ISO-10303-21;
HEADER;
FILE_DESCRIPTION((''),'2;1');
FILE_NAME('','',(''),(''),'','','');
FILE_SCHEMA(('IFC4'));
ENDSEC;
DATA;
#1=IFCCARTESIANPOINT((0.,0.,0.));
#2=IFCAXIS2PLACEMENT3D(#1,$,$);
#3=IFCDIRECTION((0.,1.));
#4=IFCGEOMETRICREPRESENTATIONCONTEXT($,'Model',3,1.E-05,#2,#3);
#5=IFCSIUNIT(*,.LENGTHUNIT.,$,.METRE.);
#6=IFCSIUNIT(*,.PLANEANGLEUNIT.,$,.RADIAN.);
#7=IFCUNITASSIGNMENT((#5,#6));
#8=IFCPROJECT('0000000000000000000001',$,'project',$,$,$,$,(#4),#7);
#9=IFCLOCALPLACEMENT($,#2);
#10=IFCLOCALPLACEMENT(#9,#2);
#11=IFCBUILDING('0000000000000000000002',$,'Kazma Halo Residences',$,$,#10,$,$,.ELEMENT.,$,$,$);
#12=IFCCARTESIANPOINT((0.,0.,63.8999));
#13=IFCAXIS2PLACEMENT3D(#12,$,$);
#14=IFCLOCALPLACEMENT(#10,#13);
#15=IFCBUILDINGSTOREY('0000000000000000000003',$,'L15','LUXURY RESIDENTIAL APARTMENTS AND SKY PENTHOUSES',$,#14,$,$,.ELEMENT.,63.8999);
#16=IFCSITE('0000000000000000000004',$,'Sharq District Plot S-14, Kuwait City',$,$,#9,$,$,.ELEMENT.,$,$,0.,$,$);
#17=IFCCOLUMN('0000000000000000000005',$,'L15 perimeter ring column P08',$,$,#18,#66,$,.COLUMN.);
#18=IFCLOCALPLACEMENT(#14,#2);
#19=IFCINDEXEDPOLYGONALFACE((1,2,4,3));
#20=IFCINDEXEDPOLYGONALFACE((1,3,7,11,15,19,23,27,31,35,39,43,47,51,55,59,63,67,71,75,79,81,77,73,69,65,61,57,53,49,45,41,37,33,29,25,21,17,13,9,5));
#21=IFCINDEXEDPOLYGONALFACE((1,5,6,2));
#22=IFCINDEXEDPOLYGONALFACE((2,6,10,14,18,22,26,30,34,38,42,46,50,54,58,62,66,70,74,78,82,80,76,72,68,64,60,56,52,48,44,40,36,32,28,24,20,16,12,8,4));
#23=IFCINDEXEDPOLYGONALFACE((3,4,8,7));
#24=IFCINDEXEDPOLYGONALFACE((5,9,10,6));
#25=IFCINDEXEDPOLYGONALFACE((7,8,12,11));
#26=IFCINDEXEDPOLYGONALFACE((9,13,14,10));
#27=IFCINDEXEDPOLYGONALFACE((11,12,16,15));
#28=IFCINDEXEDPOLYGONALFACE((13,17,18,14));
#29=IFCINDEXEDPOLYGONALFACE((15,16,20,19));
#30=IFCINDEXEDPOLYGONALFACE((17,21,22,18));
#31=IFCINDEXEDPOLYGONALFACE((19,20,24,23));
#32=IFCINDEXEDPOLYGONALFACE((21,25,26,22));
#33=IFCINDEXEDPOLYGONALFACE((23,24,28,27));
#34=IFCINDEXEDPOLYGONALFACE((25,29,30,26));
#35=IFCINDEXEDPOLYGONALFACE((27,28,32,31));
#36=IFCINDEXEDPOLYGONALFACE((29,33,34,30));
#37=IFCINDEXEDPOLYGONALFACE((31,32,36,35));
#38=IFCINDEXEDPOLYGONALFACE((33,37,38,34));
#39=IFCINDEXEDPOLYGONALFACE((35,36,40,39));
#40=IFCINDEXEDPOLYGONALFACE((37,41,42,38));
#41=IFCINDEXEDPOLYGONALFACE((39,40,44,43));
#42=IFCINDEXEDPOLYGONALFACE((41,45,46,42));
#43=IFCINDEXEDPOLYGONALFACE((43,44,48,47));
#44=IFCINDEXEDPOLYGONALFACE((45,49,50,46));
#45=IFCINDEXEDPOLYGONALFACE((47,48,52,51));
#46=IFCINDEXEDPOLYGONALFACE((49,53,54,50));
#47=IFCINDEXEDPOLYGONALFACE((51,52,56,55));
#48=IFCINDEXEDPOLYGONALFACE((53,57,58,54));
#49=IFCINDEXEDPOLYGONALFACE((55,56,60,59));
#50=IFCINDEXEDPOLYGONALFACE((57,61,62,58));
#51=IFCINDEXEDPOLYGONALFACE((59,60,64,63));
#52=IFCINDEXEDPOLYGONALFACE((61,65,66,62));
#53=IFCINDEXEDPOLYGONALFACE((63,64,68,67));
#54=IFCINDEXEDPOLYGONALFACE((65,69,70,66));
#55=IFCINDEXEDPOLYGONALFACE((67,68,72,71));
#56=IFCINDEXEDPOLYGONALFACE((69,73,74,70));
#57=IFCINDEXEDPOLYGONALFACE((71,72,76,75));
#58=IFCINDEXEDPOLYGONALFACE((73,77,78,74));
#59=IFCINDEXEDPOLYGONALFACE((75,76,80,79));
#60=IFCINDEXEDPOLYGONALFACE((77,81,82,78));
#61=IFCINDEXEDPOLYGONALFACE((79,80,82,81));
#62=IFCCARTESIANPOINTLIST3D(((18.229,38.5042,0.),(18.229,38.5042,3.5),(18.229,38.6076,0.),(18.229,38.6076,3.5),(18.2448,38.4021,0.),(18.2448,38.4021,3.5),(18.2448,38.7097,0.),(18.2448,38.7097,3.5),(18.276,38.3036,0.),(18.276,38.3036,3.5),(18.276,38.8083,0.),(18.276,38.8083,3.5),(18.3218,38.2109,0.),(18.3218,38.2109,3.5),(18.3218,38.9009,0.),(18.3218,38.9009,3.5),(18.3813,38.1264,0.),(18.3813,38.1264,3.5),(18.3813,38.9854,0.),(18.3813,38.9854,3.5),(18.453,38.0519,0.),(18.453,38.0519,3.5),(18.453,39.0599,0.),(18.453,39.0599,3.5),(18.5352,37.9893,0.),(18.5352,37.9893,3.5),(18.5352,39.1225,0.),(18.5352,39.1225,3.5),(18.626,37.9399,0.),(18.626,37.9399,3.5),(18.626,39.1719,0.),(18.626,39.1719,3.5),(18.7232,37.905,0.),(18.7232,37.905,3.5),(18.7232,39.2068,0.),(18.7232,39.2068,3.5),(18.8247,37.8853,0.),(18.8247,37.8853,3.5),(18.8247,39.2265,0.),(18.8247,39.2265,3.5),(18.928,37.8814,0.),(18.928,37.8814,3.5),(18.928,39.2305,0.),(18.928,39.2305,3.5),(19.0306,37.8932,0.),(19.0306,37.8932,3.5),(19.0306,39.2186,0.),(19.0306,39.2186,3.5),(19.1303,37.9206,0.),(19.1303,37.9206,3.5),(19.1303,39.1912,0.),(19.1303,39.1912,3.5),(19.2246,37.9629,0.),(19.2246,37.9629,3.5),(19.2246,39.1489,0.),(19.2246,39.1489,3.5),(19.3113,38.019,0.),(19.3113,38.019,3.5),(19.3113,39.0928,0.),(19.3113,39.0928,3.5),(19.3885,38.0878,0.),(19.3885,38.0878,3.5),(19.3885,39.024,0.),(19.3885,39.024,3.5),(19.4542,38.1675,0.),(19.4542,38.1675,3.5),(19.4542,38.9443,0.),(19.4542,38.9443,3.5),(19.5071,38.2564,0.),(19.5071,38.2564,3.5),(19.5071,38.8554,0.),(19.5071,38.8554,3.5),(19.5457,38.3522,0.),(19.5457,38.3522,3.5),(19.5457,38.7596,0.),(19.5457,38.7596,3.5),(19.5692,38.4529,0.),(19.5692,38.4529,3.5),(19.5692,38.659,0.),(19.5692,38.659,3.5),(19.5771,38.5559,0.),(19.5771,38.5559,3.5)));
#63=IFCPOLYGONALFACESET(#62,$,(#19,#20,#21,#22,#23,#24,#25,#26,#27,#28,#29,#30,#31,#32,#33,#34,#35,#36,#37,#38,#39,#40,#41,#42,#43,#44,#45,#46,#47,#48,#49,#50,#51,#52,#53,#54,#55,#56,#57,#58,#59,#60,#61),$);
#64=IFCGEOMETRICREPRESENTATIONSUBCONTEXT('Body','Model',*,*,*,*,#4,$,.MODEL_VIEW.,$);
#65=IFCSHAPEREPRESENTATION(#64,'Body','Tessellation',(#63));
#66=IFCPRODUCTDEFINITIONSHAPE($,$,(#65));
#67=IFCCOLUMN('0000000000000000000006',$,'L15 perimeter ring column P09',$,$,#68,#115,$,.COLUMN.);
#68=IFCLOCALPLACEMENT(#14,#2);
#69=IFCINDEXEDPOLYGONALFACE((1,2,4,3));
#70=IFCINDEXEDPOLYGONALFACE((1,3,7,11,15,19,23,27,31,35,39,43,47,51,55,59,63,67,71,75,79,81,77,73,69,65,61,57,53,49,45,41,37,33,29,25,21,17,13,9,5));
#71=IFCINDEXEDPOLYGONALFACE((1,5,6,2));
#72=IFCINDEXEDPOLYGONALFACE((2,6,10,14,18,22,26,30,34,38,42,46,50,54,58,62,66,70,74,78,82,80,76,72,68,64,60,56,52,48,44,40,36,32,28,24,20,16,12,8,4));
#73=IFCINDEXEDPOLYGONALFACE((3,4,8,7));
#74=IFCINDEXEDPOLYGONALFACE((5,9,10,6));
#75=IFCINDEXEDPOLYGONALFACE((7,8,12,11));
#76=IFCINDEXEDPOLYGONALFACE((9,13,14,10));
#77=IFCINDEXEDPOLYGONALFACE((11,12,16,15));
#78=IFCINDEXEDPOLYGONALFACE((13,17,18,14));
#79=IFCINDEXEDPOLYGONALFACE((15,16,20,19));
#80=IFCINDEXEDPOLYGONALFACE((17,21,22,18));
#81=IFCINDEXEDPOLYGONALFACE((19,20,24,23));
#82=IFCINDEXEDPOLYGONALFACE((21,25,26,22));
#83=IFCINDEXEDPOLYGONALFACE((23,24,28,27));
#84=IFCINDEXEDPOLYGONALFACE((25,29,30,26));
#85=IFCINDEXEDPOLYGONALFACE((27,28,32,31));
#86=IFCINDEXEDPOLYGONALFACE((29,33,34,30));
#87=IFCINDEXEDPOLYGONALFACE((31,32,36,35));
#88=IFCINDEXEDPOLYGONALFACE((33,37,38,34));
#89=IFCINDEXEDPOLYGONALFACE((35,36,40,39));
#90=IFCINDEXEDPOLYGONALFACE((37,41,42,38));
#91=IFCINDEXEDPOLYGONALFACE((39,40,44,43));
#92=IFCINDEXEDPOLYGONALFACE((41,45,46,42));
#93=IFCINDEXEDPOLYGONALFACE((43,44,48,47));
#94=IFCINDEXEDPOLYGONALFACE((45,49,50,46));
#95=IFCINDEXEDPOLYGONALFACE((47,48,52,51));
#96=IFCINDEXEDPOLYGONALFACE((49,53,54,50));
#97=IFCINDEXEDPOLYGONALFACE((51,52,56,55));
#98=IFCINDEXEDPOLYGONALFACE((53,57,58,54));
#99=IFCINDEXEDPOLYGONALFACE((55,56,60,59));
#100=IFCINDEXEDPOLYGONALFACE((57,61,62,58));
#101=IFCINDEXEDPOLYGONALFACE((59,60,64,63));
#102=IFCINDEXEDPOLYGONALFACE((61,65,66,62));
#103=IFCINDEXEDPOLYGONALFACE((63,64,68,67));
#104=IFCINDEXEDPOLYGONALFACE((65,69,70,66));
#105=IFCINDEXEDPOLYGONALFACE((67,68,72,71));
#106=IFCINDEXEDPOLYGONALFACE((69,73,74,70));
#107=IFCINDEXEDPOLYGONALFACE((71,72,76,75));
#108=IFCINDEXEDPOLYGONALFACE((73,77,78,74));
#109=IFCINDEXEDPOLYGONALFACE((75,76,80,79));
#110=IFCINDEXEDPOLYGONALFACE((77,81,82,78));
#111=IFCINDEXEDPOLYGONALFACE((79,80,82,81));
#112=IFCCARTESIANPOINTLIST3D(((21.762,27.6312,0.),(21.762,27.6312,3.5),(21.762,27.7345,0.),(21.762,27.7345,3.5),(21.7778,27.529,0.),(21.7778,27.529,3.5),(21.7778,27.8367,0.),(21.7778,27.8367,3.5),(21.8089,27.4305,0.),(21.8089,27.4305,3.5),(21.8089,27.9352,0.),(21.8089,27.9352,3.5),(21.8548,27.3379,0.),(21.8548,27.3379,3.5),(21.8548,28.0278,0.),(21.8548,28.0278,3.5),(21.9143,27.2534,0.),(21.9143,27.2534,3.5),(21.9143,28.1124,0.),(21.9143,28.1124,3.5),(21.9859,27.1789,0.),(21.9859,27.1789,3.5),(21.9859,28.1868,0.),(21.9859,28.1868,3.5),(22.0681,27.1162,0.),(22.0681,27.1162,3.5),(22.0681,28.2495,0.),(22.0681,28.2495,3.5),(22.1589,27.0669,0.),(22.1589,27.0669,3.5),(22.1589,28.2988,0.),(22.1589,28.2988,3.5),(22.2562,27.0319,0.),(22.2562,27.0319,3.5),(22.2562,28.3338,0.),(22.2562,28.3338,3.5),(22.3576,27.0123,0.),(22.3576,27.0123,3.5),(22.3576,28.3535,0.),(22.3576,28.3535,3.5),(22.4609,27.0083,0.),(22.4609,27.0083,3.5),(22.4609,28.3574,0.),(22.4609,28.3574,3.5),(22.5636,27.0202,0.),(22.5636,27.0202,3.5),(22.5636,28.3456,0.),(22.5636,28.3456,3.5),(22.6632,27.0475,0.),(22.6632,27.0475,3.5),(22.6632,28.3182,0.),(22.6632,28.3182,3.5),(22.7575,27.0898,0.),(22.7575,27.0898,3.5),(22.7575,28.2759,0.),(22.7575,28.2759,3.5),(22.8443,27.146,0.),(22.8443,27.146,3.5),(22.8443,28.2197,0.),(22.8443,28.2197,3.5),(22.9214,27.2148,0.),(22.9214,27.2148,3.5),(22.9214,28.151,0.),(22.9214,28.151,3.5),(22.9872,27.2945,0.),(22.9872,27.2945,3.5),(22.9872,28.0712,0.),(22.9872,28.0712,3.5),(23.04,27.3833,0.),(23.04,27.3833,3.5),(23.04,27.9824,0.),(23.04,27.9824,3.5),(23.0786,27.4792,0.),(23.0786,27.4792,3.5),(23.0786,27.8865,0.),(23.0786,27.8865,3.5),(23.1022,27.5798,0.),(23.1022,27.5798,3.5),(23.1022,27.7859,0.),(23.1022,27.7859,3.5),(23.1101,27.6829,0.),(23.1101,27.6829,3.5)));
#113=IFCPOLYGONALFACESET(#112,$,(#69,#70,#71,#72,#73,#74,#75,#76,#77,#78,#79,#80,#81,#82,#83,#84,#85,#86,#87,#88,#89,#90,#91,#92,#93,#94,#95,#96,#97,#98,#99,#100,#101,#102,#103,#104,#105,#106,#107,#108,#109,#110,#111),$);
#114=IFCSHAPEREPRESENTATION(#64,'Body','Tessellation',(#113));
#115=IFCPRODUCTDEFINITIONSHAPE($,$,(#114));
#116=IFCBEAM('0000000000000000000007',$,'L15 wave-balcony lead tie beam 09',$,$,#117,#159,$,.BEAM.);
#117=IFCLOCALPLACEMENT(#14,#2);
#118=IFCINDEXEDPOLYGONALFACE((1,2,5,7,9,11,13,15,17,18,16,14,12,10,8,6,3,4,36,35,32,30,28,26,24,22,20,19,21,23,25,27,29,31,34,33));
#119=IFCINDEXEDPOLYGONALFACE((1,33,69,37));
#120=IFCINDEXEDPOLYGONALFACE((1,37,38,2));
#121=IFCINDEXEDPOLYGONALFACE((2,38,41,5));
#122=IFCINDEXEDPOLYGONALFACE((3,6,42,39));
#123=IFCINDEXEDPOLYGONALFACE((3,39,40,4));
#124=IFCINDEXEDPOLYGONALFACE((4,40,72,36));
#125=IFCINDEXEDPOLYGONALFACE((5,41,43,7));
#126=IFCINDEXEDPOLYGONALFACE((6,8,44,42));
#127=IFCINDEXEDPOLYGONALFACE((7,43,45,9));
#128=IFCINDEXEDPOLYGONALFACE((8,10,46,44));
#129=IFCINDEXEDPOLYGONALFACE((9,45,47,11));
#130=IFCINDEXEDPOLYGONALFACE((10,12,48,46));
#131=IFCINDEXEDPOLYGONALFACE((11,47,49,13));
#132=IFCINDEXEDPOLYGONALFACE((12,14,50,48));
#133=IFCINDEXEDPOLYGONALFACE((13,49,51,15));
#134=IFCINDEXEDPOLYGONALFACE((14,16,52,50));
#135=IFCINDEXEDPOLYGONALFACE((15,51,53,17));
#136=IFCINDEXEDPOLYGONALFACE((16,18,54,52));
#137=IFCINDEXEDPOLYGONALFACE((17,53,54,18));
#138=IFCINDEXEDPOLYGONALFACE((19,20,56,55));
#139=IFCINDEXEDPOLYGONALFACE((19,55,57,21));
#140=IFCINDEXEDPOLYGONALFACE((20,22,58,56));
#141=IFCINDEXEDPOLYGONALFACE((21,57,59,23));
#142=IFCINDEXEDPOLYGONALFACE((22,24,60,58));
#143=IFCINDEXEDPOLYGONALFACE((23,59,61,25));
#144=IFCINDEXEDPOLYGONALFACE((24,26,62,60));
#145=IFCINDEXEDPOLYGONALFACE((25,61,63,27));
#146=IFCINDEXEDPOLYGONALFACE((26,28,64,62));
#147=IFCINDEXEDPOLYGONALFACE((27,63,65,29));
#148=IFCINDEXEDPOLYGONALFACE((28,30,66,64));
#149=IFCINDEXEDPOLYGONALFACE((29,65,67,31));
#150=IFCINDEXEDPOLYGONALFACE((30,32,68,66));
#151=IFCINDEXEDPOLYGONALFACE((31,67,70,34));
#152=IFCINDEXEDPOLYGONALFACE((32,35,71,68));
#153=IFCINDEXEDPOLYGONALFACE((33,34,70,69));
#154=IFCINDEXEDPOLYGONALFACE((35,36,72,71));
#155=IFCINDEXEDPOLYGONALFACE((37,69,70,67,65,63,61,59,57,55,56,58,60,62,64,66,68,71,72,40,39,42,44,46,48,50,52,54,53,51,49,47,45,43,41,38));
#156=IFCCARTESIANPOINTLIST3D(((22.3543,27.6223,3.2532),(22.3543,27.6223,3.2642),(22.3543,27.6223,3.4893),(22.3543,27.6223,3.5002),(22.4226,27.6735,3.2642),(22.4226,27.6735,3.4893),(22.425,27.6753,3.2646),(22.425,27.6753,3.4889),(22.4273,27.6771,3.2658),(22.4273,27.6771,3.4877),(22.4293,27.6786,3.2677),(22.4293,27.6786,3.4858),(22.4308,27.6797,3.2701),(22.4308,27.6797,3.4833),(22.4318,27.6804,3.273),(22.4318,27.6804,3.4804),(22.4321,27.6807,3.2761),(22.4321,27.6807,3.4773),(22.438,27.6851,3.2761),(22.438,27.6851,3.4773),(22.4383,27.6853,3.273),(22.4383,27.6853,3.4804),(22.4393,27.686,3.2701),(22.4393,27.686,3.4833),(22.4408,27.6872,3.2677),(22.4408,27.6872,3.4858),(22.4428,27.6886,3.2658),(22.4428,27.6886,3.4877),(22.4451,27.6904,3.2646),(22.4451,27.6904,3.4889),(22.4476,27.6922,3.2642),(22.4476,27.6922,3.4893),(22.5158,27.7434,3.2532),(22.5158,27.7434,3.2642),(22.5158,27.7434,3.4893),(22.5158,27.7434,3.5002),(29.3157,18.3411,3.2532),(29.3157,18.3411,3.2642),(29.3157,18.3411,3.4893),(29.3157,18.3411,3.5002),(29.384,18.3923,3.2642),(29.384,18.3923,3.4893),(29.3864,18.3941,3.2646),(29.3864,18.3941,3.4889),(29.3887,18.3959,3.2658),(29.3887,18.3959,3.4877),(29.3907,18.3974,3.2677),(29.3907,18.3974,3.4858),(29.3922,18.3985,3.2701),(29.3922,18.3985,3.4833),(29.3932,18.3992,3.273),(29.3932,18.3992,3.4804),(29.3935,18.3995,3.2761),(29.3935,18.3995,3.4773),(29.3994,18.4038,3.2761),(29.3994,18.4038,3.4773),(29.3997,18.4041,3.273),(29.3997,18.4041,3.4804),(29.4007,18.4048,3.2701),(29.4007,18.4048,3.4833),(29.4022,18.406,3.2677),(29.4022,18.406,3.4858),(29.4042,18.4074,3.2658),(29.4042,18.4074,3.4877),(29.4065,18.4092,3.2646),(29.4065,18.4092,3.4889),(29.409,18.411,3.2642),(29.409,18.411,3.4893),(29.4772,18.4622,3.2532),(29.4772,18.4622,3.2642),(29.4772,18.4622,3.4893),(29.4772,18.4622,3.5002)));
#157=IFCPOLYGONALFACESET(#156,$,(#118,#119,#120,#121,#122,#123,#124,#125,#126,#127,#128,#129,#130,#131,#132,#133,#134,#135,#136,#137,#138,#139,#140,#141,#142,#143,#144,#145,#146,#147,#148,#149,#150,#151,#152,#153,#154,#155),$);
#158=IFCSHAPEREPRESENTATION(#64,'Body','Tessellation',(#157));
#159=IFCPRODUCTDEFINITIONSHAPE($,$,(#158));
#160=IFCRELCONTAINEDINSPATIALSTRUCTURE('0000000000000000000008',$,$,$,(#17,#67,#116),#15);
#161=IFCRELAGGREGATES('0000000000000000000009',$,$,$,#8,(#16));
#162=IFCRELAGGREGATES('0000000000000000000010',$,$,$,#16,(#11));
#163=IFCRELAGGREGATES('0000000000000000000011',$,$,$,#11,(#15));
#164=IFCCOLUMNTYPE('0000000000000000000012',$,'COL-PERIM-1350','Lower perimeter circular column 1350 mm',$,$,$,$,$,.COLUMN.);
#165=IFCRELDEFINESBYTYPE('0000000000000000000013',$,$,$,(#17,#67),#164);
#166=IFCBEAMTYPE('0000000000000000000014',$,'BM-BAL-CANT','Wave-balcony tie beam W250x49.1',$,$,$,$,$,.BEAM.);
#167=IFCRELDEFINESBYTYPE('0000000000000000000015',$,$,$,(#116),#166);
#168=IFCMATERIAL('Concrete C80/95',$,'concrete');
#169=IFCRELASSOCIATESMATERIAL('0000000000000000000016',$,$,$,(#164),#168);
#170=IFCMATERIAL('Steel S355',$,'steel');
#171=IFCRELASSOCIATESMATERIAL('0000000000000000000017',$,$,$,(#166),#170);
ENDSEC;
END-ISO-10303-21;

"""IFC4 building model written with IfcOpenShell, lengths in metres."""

from ifc_helpers import new_model, si_unit, direction, frame, origin, origin_2d, place, context, subcontext, project, spatial, circle, i_section, extrude, material, material_profile, profile_set, type_object, element, save


model = new_model("IFC4")

# Units and contexts
model_context = context("Model", 3, precision=1e-05, world=origin(), true_north=direction((0.0, 1.0)))
body_context = subcontext(model_context, "Body", "Model", "MODEL_VIEW")
ifc_project = project(units=[si_unit("LENGTHUNIT", "METRE"), si_unit("PLANEANGLEUNIT", "RADIAN")], contexts=[model_context])

# Site, building, storey
site_placement = place(None, origin())
site = spatial("IfcSite", under=ifc_project, at=site_placement, Name="Sharq District Plot S-14, Kuwait City", CompositionType="ELEMENT", RefElevation=0.0)
building_placement = place(site_placement, origin())
building = spatial("IfcBuilding", under=site, at=building_placement, Name="Kazma Halo Residences", CompositionType="ELEMENT")
storey_placement = place(building_placement, frame((0.0, 0.0, 63.8999)))
storey = spatial("IfcBuildingStorey", under=building, at=storey_placement, Name="L15", Description="LUXURY RESIDENTIAL APARTMENTS AND SKY PENTHOUSES", CompositionType="ELEMENT", Elevation=63.8999)

# Columns
ifc_material_1 = material(Name="Concrete C80/95", Category="concrete")
ifc_material_profile_1 = material_profile(ifc_material_1, circle(Radius=0.675, at=origin_2d()), Name="CIRC1350")
ifc_profile_set_1 = profile_set([ifc_material_profile_1], Name="Concrete C80/95")
column_type = type_object("IfcColumnType", Name="COL-PERIM-1350", Description="Lower perimeter circular column 1350 mm", PredefinedType="COLUMN", material=ifc_profile_set_1)
for number, where, z_axis, x_axis, name in (
    (1, (18.9021, 38.5559, 0.0), (0.0, 0.0, 1.0), (1.0, 0.0, 0.0), "L15 perimeter ring column P08"),
    (2, (22.4351, 27.6829, 0.0), (0.0, 0.0, 1.0), (1.0, 0.0, 0.0), "L15 perimeter ring column P09"),
):
    element("IfcColumn", number, at=place(storey_placement, frame(where, z_axis=z_axis, x_axis=x_axis)), inside=storey, type_object=column_type, Name=name, PredefinedType="COLUMN", context=body_context, shape_type="SweptSolid", body=[
        extrude(circle(Radius=0.675, at=origin_2d()), origin(), (0.0, 0.0, 1.0), 3.5),
    ])

# Beam
ifc_material_2 = material(Name="Steel S355", Category="steel")
ifc_material_profile_2 = material_profile(ifc_material_2, i_section(OverallWidth=0.2019, OverallDepth=0.2471, WebThickness=0.0073, FlangeThickness=0.011, FilletRadius=0.012, at=origin_2d()), Name="W250x49.1")
ifc_profile_set_2 = profile_set([ifc_material_profile_2], Name="Steel S355")
beam_type_1 = type_object("IfcBeamType", Name="BM-BAL-CANT", Description="Wave-balcony tie beam W250x49.1", PredefinedType="BEAM", material=ifc_profile_set_2)
beam_1_placement = place(storey_placement, frame((22.4351, 27.6829, 3.3767), z_axis=(0.600027, -0.79998, 0.0), x_axis=(0.79998, 0.600027, 0.0)))
element("IfcBeam", 3, at=beam_1_placement, inside=storey, type_object=beam_type_1, Name="L15 wave-balcony lead tie beam 09", PredefinedType="BEAM", context=body_context, shape_type="SweptSolid", body=[
    extrude(i_section(OverallWidth=0.2019, OverallDepth=0.2471, WebThickness=0.0073, FlangeThickness=0.011, FilletRadius=0.012, at=origin_2d()), origin(), (0.0, 0.0, 1.0), 11.6018),
])

save(model, "model.ifc")
